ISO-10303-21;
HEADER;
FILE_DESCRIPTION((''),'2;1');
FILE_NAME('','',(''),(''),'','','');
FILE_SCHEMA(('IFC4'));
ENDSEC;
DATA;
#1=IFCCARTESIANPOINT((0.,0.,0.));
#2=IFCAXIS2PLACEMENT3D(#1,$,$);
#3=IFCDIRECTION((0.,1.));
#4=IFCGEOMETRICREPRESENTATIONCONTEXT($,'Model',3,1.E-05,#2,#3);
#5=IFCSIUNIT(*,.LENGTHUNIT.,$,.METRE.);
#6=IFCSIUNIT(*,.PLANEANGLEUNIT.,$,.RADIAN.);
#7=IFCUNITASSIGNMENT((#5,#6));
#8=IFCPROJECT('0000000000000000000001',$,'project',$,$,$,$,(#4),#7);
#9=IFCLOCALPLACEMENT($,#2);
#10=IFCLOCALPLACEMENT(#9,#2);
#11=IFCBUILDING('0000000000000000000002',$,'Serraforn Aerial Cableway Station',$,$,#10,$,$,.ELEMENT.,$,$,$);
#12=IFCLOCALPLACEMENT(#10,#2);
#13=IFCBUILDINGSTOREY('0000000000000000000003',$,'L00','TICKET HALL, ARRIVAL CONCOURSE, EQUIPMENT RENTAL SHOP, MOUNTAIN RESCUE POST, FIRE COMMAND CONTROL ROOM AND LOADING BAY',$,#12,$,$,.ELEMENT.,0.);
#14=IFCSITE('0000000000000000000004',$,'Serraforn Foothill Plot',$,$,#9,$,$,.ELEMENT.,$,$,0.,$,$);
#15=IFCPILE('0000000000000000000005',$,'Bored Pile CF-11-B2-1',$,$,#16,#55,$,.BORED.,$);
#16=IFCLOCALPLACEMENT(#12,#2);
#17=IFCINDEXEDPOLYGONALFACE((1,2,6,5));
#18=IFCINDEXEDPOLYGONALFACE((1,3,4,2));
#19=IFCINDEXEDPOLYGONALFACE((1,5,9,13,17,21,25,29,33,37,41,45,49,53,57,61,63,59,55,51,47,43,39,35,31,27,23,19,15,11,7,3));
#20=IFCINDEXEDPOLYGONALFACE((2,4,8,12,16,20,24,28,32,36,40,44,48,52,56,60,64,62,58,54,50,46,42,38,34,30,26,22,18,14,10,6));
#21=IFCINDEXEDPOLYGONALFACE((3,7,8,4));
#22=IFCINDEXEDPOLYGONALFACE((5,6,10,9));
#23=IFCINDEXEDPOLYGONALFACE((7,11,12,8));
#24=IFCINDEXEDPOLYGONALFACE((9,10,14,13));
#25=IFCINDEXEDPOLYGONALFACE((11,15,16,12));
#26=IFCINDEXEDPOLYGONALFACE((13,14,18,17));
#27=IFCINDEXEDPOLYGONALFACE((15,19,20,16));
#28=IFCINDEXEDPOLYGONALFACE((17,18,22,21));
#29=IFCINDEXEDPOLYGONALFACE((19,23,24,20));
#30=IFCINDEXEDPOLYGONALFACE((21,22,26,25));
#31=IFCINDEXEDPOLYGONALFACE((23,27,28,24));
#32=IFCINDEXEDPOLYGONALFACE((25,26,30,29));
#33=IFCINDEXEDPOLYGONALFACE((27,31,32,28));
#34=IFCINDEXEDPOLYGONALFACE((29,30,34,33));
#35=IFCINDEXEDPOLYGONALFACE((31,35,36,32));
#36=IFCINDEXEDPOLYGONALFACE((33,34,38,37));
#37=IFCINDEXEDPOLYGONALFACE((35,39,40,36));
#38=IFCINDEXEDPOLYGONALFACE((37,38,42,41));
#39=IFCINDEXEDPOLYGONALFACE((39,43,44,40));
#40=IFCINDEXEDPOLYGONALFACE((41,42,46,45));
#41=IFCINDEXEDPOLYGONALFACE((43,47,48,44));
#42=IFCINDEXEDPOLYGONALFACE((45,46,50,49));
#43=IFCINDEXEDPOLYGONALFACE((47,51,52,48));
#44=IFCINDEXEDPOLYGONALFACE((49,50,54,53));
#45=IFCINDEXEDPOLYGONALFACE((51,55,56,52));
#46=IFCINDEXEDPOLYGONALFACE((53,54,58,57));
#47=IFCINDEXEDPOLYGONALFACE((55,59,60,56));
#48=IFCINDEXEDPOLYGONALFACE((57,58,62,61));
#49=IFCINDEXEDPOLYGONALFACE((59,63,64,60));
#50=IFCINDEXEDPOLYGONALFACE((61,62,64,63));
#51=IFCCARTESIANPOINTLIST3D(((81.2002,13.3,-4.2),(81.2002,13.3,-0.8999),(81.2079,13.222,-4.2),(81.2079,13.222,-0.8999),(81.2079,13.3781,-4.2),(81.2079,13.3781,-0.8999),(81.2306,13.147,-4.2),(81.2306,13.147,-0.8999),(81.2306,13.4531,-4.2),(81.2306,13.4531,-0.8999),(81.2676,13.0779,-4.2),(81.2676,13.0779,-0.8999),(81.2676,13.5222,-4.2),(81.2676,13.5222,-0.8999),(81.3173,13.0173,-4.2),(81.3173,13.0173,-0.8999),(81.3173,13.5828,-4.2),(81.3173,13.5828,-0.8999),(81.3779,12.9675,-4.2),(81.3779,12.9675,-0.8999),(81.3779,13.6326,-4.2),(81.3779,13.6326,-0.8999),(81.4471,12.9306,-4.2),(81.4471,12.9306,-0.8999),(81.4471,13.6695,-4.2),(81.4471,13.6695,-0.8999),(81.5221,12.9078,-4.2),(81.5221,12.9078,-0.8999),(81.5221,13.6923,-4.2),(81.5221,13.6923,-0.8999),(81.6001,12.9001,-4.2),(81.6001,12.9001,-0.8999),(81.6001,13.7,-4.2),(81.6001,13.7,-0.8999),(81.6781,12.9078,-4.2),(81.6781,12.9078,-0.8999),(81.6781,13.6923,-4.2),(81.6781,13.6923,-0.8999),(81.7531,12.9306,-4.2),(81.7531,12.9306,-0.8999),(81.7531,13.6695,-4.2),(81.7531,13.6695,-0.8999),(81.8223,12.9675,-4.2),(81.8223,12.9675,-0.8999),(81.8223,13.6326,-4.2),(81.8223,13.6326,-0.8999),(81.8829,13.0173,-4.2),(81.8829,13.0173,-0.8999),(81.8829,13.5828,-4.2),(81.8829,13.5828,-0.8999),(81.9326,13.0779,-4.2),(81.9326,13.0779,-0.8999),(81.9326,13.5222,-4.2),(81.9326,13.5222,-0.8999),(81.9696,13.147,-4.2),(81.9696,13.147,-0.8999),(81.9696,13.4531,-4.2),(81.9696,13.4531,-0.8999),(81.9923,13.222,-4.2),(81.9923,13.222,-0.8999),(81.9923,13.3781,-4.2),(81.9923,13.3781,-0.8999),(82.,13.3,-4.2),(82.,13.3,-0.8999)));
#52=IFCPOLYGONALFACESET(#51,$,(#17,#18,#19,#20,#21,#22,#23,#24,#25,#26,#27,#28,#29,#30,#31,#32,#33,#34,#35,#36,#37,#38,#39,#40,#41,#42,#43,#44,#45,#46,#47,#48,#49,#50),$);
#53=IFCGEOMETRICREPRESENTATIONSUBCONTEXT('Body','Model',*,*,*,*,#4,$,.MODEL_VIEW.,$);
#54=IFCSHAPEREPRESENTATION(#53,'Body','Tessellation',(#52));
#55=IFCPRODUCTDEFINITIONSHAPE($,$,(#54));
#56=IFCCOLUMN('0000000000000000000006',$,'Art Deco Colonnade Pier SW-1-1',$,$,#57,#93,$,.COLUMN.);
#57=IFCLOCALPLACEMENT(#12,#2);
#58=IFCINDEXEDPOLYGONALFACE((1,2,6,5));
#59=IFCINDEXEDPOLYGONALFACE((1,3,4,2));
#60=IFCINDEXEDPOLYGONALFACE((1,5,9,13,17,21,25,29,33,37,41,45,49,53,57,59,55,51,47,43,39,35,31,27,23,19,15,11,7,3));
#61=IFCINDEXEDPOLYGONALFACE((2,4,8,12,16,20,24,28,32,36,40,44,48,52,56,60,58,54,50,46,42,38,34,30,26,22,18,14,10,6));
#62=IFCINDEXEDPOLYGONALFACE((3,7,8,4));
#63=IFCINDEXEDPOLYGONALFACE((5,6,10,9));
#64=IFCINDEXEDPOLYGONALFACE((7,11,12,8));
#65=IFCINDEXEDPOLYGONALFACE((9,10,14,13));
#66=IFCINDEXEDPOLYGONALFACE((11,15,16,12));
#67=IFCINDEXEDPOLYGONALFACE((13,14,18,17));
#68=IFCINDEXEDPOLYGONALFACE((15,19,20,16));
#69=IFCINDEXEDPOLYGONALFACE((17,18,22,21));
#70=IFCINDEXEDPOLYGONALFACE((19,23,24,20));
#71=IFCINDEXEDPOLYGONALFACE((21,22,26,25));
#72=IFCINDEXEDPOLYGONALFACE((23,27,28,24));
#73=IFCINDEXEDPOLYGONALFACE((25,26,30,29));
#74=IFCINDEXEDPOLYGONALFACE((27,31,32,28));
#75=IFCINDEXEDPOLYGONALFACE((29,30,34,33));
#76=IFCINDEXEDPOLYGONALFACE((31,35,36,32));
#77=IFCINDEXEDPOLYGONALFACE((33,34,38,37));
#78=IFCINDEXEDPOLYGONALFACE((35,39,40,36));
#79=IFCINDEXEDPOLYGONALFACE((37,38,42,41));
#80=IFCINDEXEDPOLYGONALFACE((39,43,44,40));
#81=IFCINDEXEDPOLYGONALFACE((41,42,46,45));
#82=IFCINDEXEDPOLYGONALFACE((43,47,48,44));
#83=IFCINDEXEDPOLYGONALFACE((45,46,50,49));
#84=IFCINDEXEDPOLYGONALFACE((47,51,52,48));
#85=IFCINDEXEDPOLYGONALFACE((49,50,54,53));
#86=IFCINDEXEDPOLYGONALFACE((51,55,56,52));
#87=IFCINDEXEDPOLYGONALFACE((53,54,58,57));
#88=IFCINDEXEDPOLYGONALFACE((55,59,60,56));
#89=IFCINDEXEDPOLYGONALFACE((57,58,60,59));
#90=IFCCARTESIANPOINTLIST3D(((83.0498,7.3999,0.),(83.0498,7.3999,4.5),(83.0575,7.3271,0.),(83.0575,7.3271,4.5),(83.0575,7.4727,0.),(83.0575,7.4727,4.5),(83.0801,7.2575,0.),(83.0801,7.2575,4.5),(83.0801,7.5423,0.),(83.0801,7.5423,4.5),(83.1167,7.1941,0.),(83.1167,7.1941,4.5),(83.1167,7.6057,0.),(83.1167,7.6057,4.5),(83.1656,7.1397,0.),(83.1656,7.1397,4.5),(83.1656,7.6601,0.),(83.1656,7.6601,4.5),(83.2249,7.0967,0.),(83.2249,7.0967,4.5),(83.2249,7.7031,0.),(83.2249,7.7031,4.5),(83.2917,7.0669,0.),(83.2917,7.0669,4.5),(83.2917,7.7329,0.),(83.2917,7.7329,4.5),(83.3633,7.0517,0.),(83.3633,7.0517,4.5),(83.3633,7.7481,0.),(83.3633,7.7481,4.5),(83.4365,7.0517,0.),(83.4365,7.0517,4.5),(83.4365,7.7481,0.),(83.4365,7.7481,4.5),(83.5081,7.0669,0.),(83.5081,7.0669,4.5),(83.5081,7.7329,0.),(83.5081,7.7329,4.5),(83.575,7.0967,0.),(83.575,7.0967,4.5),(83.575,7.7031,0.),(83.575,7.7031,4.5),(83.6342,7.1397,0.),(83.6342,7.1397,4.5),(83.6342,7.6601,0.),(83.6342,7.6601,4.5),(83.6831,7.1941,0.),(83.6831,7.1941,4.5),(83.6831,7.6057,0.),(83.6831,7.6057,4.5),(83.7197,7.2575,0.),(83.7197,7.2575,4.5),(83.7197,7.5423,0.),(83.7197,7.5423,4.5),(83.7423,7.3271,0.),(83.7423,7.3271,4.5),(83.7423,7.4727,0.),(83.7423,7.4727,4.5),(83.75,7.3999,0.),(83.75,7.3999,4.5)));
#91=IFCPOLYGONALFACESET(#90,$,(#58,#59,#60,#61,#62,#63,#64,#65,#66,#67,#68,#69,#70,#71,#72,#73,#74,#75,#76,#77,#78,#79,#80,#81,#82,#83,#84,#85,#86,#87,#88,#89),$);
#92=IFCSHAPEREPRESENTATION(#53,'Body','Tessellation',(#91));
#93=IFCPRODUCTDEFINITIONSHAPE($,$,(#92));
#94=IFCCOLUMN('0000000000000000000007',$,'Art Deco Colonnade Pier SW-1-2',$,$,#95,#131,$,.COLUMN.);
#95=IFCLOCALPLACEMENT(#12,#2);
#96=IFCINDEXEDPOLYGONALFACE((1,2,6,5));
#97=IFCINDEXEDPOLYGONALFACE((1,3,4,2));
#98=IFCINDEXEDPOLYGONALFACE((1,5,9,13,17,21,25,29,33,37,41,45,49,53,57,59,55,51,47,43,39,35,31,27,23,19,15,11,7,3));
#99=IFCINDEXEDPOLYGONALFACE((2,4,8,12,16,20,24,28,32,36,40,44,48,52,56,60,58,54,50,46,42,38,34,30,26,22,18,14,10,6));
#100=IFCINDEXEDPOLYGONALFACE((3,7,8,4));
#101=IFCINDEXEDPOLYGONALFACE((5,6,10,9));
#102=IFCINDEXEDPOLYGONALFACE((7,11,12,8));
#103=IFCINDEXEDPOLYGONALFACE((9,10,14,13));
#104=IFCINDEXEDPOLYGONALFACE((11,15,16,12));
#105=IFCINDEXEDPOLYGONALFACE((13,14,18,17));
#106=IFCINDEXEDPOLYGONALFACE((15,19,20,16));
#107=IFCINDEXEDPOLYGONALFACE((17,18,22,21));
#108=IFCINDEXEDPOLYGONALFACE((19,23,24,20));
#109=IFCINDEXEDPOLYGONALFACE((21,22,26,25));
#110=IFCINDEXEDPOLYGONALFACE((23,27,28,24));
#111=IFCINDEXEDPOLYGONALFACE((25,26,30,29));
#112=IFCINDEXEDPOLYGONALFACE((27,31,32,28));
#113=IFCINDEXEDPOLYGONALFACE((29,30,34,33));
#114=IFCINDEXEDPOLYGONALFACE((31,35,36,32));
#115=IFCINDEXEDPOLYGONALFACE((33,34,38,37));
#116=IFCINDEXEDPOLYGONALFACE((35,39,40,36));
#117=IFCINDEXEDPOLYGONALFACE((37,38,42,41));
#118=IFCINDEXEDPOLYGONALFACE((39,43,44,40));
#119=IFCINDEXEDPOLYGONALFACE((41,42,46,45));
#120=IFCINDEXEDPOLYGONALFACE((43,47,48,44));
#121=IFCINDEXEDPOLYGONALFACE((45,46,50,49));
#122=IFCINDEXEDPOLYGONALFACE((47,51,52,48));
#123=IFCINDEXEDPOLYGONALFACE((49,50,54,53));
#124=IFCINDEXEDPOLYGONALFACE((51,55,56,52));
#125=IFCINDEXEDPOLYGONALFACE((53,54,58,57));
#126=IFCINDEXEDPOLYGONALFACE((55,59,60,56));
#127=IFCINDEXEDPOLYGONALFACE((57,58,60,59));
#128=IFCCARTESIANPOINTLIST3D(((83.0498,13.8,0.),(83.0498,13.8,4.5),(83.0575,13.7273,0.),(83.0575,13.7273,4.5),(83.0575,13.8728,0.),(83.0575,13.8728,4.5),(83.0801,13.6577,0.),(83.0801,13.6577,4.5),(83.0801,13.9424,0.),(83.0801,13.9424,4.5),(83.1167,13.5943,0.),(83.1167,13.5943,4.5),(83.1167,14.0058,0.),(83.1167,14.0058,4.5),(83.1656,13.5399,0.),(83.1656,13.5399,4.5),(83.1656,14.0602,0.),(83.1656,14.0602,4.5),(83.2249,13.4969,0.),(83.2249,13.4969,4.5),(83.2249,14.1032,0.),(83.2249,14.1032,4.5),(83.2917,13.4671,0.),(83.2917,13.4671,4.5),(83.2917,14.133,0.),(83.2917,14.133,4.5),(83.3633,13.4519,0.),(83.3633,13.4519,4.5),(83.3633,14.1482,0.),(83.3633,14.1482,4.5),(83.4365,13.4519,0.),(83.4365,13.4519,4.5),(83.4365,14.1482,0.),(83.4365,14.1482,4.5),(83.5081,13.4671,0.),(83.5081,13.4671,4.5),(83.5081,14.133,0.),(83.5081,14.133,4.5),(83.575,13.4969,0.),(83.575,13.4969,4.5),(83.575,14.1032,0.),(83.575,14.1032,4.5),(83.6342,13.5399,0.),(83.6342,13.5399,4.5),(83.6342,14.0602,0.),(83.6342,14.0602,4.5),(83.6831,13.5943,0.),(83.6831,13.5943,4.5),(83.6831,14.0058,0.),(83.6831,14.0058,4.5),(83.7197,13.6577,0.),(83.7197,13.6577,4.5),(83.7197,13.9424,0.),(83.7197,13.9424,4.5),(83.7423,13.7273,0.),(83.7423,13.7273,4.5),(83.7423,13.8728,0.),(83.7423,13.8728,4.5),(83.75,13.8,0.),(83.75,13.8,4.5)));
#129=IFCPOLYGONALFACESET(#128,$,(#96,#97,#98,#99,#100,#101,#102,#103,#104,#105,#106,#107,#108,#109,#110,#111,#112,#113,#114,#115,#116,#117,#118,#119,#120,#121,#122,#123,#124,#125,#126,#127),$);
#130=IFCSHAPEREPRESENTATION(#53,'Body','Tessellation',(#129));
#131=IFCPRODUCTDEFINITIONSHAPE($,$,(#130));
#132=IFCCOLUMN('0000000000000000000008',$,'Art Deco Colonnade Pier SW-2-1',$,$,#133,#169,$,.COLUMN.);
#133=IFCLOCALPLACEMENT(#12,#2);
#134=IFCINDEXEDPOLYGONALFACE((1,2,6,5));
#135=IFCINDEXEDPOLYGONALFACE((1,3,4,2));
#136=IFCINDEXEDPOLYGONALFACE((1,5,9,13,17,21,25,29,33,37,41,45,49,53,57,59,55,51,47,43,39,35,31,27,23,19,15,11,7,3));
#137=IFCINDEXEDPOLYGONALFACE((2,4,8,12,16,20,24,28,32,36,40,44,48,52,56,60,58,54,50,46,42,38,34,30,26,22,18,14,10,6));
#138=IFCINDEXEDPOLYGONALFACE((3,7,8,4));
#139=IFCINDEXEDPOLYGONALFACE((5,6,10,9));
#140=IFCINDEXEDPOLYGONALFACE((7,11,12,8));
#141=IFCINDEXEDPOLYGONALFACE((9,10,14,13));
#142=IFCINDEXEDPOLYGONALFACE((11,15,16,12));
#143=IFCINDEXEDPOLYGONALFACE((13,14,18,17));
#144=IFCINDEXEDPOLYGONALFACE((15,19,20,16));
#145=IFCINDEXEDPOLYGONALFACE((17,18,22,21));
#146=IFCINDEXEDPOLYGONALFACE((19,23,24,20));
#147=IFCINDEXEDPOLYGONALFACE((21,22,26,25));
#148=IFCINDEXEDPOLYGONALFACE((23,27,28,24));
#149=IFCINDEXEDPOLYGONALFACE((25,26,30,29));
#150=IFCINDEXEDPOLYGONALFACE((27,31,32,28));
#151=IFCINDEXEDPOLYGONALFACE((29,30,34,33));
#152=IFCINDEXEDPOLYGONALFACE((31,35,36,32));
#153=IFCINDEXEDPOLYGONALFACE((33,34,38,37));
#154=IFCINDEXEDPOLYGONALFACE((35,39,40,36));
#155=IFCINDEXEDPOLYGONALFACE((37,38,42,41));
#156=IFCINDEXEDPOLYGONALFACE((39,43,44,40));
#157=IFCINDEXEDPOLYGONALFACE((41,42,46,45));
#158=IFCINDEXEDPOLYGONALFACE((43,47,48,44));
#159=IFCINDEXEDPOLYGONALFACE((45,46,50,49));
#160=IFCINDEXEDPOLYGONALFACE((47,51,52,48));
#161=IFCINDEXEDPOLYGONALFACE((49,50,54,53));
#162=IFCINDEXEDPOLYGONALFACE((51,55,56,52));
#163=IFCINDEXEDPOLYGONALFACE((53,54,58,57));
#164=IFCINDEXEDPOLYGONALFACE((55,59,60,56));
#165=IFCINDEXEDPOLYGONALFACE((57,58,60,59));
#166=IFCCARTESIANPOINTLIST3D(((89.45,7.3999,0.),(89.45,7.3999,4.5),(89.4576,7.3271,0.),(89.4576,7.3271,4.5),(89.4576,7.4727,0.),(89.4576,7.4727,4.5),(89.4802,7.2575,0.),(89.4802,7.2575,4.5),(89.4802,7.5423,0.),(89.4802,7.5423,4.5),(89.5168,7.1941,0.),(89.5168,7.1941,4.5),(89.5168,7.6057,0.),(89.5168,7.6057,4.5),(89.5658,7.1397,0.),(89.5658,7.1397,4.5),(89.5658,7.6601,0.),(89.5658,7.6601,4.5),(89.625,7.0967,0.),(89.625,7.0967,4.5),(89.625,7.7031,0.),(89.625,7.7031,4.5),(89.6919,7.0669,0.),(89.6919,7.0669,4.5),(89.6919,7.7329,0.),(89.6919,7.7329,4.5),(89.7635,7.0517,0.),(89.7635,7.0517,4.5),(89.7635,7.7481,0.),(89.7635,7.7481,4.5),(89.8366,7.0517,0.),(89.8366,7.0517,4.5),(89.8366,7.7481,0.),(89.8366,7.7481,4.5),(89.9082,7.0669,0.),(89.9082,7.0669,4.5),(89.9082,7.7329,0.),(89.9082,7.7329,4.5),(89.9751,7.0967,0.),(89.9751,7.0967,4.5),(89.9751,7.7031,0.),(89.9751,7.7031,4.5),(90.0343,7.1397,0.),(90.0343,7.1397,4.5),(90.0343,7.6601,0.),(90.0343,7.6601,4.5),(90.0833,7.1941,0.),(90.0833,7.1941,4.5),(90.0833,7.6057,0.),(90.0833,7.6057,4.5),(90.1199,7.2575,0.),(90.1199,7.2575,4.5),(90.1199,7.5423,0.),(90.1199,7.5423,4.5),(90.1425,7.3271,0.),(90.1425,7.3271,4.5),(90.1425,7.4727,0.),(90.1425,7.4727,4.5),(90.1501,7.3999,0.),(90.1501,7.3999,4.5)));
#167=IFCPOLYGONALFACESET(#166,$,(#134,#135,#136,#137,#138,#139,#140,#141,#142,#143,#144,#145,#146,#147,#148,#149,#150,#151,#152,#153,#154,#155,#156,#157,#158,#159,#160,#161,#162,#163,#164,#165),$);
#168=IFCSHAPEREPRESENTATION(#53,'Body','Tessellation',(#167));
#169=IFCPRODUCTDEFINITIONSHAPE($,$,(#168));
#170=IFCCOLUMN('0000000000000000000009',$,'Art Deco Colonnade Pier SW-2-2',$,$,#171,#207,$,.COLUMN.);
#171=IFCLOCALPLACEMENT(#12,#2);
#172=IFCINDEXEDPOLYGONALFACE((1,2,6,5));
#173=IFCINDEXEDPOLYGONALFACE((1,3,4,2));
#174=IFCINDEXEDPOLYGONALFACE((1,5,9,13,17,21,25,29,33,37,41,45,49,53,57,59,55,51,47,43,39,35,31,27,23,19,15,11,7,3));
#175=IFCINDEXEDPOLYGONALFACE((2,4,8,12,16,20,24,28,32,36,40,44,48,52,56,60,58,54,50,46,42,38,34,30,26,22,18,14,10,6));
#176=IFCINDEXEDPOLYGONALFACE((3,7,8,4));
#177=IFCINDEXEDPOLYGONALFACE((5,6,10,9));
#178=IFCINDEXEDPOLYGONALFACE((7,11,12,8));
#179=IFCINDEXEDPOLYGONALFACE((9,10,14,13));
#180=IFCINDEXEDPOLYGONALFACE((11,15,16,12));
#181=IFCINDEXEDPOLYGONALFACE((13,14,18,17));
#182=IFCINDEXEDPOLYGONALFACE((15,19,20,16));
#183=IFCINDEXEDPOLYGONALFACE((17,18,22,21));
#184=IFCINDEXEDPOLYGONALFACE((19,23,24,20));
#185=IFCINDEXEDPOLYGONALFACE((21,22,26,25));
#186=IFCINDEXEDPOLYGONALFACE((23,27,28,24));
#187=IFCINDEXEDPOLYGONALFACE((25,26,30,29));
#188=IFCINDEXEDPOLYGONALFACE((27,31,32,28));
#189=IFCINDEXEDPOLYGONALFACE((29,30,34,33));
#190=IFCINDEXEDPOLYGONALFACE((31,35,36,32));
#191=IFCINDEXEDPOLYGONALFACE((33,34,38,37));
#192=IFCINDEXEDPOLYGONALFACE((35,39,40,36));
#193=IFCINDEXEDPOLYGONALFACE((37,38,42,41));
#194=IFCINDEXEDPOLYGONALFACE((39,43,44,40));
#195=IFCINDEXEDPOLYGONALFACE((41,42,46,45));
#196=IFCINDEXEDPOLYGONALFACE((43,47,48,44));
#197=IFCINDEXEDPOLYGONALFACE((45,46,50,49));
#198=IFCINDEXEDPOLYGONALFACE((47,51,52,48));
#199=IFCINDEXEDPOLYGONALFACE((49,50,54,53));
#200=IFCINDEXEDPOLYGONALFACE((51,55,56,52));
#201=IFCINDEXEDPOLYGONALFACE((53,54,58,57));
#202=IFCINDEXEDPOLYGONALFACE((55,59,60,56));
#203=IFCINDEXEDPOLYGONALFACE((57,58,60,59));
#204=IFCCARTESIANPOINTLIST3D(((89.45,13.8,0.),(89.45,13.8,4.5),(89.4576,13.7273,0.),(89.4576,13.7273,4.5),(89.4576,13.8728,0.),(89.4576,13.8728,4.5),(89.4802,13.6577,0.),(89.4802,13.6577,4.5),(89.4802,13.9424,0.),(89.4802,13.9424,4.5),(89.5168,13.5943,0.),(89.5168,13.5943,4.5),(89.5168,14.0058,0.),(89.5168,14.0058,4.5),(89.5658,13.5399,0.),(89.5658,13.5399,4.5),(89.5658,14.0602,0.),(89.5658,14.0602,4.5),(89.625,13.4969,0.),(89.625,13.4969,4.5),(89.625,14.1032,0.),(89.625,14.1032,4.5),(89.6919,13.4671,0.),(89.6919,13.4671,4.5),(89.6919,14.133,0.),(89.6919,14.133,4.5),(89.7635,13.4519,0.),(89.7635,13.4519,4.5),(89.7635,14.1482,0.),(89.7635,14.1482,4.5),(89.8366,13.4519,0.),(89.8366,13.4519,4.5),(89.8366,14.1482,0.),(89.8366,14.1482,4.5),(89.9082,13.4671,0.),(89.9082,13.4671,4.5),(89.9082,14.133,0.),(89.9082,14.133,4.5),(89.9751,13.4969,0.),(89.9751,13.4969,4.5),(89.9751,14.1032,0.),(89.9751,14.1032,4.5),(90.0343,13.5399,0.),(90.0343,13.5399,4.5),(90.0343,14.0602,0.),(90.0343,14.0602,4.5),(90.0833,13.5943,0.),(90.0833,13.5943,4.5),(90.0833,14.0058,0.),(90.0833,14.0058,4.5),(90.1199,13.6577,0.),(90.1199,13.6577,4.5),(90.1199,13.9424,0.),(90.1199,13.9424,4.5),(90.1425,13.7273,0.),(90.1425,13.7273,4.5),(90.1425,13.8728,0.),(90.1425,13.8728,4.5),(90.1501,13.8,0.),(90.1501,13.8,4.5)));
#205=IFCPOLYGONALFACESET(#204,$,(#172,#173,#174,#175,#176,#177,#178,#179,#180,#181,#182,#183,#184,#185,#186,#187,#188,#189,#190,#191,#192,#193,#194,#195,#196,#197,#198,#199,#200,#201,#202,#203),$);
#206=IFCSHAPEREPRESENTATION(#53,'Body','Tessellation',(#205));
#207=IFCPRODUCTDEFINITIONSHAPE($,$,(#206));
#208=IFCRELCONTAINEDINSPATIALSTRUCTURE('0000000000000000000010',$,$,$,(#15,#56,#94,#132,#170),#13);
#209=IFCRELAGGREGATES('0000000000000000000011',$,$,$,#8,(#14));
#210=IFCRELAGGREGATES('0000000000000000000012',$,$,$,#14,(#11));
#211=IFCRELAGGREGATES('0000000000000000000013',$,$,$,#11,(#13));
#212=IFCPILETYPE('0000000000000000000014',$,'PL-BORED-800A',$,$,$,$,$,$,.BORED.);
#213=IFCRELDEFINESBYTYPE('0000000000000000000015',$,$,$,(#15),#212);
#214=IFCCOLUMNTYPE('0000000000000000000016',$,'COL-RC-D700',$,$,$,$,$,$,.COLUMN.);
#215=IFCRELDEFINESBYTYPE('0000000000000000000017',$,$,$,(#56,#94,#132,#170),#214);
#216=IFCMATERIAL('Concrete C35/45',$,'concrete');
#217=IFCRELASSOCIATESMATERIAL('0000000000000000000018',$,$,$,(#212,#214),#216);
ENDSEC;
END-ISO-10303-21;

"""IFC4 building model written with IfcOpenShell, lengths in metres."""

from ifc_helpers import new_model, si_unit, direction, frame, origin, origin_2d, place, context, subcontext, project, spatial, circle, extrude, material, material_profile, profile_set, type_object, element, save


model = new_model("IFC4")

# Units and contexts
model_context = context("Model", 3, precision=1e-05, world=origin(), true_north=direction((0.0, 1.0)))
body_context = subcontext(model_context, "Body", "Model", "MODEL_VIEW")
ifc_project = project(units=[si_unit("LENGTHUNIT", "METRE"), si_unit("PLANEANGLEUNIT", "RADIAN")], contexts=[model_context])

# Site, building, storey
site_placement = place(None, origin())
site = spatial("IfcSite", under=ifc_project, at=site_placement, Name="Serraforn Foothill Plot", CompositionType="ELEMENT", RefElevation=0.0)
building_placement = place(site_placement, origin())
building = spatial("IfcBuilding", under=site, at=building_placement, Name="Serraforn Aerial Cableway Station", CompositionType="ELEMENT")
storey_placement = place(building_placement, origin())
storey = spatial("IfcBuildingStorey", under=building, at=storey_placement, Name="L00", Description="TICKET HALL, ARRIVAL CONCOURSE, EQUIPMENT RENTAL SHOP, MOUNTAIN RESCUE POST, FIRE COMMAND CONTROL ROOM AND LOADING BAY", CompositionType="ELEMENT", Elevation=0.0)

# Shared definitions
ifc_material_1 = material(Name="Concrete C35/45", Category="concrete")

# Pile
ifc_material_profile_1 = material_profile(ifc_material_1, circle(Radius=0.3999, at=origin_2d()), Name="BORED PILE D800")
ifc_profile_set_1 = profile_set([ifc_material_profile_1], Name="Concrete C35/45")
pile_type = type_object("IfcPileType", Name="PL-BORED-800A", PredefinedType="BORED", material=ifc_profile_set_1)
pile_placement = place(storey_placement, frame((81.6001, 13.3, -0.8999), z_axis=(0.0, 0.0, -1.0), x_axis=(1.0, 0.0, 0.0)))
element("IfcPile", 1, at=pile_placement, inside=storey, type_object=pile_type, Name="Bored Pile CF-11-B2-1", PredefinedType="BORED", context=body_context, shape_type="SweptSolid", body=[
    extrude(circle(Radius=0.3999, at=origin_2d()), origin(), (0.0, 0.0, 1.0), 3.3),
])

# Columns
ifc_material_profile_2 = material_profile(ifc_material_1, circle(Radius=0.3501, at=origin_2d()), Name="RC D700")
ifc_profile_set_2 = profile_set([ifc_material_profile_2], Name="Concrete C35/45")
column_type = type_object("IfcColumnType", Name="COL-RC-D700", PredefinedType="COLUMN", material=ifc_profile_set_2)
for number, where, z_axis, x_axis, name in (
    (2, (83.3999, 7.3999, 0.0), (0.0, 0.0, 1.0), (1.0, 0.0, 0.0), "Art Deco Colonnade Pier SW-1-1"),
    (3, (83.3999, 13.8, 0.0), (0.0, 0.0, 1.0), (1.0, 0.0, 0.0), "Art Deco Colonnade Pier SW-1-2"),
    (4, (89.8, 7.3999, 0.0), (0.0, 0.0, 1.0), (1.0, 0.0, 0.0), "Art Deco Colonnade Pier SW-2-1"),
    (5, (89.8, 13.8, 0.0), (0.0, 0.0, 1.0), (1.0, 0.0, 0.0), "Art Deco Colonnade Pier SW-2-2"),
):
    element("IfcColumn", number, at=place(storey_placement, frame(where, z_axis=z_axis, x_axis=x_axis)), inside=storey, type_object=column_type, Name=name, PredefinedType="COLUMN", context=body_context, shape_type="SweptSolid", body=[
        extrude(circle(Radius=0.3501, at=origin_2d()), origin(), (0.0, 0.0, 1.0), 4.5),
    ])

save(model, "model.ifc")
